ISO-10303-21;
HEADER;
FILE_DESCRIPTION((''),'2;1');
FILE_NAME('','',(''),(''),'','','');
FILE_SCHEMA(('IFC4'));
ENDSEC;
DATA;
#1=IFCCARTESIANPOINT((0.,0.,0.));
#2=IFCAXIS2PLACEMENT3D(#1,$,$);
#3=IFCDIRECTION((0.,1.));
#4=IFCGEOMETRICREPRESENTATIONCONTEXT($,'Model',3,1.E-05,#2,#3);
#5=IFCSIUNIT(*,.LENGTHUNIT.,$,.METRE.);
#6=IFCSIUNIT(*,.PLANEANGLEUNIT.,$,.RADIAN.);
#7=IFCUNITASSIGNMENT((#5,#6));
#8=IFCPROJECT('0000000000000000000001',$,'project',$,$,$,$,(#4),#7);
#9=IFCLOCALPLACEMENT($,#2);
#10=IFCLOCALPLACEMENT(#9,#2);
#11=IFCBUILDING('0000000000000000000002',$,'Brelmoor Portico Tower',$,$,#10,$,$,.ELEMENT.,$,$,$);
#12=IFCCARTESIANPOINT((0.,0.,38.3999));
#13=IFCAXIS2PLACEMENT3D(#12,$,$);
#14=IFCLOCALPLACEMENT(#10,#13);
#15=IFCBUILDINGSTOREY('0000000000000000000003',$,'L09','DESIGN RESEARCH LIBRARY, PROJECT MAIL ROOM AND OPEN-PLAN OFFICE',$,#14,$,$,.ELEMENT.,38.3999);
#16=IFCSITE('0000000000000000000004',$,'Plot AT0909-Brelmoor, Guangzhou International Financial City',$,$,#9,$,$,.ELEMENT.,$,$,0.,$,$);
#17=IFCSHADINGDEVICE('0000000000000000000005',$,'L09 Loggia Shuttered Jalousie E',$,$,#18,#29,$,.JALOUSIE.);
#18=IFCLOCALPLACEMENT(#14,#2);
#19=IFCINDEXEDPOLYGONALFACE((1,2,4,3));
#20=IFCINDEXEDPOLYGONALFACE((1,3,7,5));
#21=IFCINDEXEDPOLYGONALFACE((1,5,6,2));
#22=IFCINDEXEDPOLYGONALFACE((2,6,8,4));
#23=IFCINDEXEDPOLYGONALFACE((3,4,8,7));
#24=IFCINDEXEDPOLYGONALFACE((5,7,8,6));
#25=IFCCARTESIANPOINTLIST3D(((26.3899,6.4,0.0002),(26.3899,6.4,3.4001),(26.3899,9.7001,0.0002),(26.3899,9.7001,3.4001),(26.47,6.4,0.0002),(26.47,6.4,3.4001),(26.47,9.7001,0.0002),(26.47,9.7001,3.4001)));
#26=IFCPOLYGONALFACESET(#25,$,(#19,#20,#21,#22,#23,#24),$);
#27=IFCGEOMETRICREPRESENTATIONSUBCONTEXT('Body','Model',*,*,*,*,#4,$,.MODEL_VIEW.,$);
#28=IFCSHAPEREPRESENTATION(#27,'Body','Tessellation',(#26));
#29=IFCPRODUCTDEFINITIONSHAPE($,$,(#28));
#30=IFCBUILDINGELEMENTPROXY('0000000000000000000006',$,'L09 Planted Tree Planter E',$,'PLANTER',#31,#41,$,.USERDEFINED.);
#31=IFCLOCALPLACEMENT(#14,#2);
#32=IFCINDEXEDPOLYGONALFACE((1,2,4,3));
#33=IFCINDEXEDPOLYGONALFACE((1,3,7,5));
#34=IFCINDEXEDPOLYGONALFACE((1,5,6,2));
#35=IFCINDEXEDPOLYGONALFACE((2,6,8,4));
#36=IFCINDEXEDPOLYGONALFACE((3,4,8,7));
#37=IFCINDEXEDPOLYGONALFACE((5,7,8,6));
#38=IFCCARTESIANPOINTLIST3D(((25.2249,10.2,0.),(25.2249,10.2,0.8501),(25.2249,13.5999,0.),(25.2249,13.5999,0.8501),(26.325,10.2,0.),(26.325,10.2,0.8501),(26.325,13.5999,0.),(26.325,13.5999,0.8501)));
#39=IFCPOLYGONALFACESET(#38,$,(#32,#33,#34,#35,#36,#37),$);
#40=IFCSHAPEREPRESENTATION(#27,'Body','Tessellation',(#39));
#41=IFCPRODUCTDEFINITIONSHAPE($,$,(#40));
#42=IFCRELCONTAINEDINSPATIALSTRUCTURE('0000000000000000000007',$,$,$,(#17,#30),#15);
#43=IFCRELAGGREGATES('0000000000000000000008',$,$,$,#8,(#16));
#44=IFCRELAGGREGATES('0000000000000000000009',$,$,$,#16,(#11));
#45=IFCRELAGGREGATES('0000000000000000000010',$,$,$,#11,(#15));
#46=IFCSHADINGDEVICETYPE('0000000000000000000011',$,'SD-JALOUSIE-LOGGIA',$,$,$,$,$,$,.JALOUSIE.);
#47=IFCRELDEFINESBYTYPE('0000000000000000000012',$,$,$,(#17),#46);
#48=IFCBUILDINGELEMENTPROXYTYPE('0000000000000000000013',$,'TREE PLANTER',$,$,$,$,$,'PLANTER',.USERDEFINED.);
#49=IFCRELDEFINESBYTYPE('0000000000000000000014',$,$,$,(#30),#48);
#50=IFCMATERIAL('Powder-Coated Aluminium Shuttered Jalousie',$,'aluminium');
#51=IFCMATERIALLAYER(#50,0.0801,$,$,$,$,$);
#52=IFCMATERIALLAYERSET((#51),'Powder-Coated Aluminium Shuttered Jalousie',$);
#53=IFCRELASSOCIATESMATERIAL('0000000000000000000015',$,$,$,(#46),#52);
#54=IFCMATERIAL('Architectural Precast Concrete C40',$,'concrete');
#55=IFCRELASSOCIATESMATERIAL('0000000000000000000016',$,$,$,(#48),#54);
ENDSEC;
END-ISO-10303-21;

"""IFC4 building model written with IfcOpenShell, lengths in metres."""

from ifc_helpers import new_model, si_unit, direction, frame, origin, origin_2d, place, context, subcontext, project, spatial, rectangle, extrude, material, layer, layer_set, type_object, element, save


model = new_model("IFC4")

# Units and contexts
model_context = context("Model", 3, precision=1e-05, world=origin(), true_north=direction((0.0, 1.0)))
body_context = subcontext(model_context, "Body", "Model", "MODEL_VIEW")
ifc_project = project(units=[si_unit("LENGTHUNIT", "METRE"), si_unit("PLANEANGLEUNIT", "RADIAN")], contexts=[model_context])

# Site, building, storey
site_placement = place(None, origin())
site = spatial("IfcSite", under=ifc_project, at=site_placement, Name="Plot AT0909-Brelmoor, Guangzhou International Financial City", CompositionType="ELEMENT", RefElevation=0.0)
building_placement = place(site_placement, origin())
building = spatial("IfcBuilding", under=site, at=building_placement, Name="Brelmoor Portico Tower", CompositionType="ELEMENT")
storey_placement = place(building_placement, frame((0.0, 0.0, 38.3999)))
storey = spatial("IfcBuildingStorey", under=building, at=storey_placement, Name="L09", Description="DESIGN RESEARCH LIBRARY, PROJECT MAIL ROOM AND OPEN-PLAN OFFICE", CompositionType="ELEMENT", Elevation=38.3999)

# Shading device
ifc_material_1 = material(Name="Powder-Coated Aluminium Shuttered Jalousie", Category="aluminium")
ifc_layer_1 = layer(ifc_material_1, 0.0801)
ifc_layer_set_1 = layer_set([ifc_layer_1], Name="Powder-Coated Aluminium Shuttered Jalousie")
shading_device_type = type_object("IfcShadingDeviceType", Name="SD-JALOUSIE-LOGGIA", PredefinedType="JALOUSIE", material=ifc_layer_set_1)
shading_device_placement = place(storey_placement, frame((26.4299, 8.05, 0.0002), z_axis=(0.0, 0.0, 1.0), x_axis=(0.0, 1.0, 0.0)))
element("IfcShadingDevice", 1, at=shading_device_placement, inside=storey, type_object=shading_device_type, Name="L09 Loggia Shuttered Jalousie E", PredefinedType="JALOUSIE", context=body_context, shape_type="SweptSolid", body=[
    extrude(rectangle(XDim=3.3, YDim=0.0801, at=origin_2d()), origin(), (0.0, 0.0, 1.0), 3.3999),
])

# Building element proxy
ifc_material_2 = material(Name="Architectural Precast Concrete C40", Category="concrete")
building_element_proxy_type = type_object("IfcBuildingElementProxyType", Name="TREE PLANTER", ElementType="PLANTER", PredefinedType="USERDEFINED", material=ifc_material_2)
proxy_placement = place(storey_placement, frame((25.7749, 11.8999, 0.0), z_axis=(0.0, 0.0, 1.0), x_axis=(0.0, 1.0, 0.0)))
element("IfcBuildingElementProxy", 2, at=proxy_placement, inside=storey, type_object=building_element_proxy_type, Name="L09 Planted Tree Planter E", ObjectType="PLANTER", PredefinedType="USERDEFINED", context=body_context, shape_type="SweptSolid", body=[
    extrude(rectangle(XDim=3.3999, YDim=1.1001, at=origin_2d()), origin(), (0.0, 0.0, 1.0), 0.8501),
])

save(model, "model.ifc")
